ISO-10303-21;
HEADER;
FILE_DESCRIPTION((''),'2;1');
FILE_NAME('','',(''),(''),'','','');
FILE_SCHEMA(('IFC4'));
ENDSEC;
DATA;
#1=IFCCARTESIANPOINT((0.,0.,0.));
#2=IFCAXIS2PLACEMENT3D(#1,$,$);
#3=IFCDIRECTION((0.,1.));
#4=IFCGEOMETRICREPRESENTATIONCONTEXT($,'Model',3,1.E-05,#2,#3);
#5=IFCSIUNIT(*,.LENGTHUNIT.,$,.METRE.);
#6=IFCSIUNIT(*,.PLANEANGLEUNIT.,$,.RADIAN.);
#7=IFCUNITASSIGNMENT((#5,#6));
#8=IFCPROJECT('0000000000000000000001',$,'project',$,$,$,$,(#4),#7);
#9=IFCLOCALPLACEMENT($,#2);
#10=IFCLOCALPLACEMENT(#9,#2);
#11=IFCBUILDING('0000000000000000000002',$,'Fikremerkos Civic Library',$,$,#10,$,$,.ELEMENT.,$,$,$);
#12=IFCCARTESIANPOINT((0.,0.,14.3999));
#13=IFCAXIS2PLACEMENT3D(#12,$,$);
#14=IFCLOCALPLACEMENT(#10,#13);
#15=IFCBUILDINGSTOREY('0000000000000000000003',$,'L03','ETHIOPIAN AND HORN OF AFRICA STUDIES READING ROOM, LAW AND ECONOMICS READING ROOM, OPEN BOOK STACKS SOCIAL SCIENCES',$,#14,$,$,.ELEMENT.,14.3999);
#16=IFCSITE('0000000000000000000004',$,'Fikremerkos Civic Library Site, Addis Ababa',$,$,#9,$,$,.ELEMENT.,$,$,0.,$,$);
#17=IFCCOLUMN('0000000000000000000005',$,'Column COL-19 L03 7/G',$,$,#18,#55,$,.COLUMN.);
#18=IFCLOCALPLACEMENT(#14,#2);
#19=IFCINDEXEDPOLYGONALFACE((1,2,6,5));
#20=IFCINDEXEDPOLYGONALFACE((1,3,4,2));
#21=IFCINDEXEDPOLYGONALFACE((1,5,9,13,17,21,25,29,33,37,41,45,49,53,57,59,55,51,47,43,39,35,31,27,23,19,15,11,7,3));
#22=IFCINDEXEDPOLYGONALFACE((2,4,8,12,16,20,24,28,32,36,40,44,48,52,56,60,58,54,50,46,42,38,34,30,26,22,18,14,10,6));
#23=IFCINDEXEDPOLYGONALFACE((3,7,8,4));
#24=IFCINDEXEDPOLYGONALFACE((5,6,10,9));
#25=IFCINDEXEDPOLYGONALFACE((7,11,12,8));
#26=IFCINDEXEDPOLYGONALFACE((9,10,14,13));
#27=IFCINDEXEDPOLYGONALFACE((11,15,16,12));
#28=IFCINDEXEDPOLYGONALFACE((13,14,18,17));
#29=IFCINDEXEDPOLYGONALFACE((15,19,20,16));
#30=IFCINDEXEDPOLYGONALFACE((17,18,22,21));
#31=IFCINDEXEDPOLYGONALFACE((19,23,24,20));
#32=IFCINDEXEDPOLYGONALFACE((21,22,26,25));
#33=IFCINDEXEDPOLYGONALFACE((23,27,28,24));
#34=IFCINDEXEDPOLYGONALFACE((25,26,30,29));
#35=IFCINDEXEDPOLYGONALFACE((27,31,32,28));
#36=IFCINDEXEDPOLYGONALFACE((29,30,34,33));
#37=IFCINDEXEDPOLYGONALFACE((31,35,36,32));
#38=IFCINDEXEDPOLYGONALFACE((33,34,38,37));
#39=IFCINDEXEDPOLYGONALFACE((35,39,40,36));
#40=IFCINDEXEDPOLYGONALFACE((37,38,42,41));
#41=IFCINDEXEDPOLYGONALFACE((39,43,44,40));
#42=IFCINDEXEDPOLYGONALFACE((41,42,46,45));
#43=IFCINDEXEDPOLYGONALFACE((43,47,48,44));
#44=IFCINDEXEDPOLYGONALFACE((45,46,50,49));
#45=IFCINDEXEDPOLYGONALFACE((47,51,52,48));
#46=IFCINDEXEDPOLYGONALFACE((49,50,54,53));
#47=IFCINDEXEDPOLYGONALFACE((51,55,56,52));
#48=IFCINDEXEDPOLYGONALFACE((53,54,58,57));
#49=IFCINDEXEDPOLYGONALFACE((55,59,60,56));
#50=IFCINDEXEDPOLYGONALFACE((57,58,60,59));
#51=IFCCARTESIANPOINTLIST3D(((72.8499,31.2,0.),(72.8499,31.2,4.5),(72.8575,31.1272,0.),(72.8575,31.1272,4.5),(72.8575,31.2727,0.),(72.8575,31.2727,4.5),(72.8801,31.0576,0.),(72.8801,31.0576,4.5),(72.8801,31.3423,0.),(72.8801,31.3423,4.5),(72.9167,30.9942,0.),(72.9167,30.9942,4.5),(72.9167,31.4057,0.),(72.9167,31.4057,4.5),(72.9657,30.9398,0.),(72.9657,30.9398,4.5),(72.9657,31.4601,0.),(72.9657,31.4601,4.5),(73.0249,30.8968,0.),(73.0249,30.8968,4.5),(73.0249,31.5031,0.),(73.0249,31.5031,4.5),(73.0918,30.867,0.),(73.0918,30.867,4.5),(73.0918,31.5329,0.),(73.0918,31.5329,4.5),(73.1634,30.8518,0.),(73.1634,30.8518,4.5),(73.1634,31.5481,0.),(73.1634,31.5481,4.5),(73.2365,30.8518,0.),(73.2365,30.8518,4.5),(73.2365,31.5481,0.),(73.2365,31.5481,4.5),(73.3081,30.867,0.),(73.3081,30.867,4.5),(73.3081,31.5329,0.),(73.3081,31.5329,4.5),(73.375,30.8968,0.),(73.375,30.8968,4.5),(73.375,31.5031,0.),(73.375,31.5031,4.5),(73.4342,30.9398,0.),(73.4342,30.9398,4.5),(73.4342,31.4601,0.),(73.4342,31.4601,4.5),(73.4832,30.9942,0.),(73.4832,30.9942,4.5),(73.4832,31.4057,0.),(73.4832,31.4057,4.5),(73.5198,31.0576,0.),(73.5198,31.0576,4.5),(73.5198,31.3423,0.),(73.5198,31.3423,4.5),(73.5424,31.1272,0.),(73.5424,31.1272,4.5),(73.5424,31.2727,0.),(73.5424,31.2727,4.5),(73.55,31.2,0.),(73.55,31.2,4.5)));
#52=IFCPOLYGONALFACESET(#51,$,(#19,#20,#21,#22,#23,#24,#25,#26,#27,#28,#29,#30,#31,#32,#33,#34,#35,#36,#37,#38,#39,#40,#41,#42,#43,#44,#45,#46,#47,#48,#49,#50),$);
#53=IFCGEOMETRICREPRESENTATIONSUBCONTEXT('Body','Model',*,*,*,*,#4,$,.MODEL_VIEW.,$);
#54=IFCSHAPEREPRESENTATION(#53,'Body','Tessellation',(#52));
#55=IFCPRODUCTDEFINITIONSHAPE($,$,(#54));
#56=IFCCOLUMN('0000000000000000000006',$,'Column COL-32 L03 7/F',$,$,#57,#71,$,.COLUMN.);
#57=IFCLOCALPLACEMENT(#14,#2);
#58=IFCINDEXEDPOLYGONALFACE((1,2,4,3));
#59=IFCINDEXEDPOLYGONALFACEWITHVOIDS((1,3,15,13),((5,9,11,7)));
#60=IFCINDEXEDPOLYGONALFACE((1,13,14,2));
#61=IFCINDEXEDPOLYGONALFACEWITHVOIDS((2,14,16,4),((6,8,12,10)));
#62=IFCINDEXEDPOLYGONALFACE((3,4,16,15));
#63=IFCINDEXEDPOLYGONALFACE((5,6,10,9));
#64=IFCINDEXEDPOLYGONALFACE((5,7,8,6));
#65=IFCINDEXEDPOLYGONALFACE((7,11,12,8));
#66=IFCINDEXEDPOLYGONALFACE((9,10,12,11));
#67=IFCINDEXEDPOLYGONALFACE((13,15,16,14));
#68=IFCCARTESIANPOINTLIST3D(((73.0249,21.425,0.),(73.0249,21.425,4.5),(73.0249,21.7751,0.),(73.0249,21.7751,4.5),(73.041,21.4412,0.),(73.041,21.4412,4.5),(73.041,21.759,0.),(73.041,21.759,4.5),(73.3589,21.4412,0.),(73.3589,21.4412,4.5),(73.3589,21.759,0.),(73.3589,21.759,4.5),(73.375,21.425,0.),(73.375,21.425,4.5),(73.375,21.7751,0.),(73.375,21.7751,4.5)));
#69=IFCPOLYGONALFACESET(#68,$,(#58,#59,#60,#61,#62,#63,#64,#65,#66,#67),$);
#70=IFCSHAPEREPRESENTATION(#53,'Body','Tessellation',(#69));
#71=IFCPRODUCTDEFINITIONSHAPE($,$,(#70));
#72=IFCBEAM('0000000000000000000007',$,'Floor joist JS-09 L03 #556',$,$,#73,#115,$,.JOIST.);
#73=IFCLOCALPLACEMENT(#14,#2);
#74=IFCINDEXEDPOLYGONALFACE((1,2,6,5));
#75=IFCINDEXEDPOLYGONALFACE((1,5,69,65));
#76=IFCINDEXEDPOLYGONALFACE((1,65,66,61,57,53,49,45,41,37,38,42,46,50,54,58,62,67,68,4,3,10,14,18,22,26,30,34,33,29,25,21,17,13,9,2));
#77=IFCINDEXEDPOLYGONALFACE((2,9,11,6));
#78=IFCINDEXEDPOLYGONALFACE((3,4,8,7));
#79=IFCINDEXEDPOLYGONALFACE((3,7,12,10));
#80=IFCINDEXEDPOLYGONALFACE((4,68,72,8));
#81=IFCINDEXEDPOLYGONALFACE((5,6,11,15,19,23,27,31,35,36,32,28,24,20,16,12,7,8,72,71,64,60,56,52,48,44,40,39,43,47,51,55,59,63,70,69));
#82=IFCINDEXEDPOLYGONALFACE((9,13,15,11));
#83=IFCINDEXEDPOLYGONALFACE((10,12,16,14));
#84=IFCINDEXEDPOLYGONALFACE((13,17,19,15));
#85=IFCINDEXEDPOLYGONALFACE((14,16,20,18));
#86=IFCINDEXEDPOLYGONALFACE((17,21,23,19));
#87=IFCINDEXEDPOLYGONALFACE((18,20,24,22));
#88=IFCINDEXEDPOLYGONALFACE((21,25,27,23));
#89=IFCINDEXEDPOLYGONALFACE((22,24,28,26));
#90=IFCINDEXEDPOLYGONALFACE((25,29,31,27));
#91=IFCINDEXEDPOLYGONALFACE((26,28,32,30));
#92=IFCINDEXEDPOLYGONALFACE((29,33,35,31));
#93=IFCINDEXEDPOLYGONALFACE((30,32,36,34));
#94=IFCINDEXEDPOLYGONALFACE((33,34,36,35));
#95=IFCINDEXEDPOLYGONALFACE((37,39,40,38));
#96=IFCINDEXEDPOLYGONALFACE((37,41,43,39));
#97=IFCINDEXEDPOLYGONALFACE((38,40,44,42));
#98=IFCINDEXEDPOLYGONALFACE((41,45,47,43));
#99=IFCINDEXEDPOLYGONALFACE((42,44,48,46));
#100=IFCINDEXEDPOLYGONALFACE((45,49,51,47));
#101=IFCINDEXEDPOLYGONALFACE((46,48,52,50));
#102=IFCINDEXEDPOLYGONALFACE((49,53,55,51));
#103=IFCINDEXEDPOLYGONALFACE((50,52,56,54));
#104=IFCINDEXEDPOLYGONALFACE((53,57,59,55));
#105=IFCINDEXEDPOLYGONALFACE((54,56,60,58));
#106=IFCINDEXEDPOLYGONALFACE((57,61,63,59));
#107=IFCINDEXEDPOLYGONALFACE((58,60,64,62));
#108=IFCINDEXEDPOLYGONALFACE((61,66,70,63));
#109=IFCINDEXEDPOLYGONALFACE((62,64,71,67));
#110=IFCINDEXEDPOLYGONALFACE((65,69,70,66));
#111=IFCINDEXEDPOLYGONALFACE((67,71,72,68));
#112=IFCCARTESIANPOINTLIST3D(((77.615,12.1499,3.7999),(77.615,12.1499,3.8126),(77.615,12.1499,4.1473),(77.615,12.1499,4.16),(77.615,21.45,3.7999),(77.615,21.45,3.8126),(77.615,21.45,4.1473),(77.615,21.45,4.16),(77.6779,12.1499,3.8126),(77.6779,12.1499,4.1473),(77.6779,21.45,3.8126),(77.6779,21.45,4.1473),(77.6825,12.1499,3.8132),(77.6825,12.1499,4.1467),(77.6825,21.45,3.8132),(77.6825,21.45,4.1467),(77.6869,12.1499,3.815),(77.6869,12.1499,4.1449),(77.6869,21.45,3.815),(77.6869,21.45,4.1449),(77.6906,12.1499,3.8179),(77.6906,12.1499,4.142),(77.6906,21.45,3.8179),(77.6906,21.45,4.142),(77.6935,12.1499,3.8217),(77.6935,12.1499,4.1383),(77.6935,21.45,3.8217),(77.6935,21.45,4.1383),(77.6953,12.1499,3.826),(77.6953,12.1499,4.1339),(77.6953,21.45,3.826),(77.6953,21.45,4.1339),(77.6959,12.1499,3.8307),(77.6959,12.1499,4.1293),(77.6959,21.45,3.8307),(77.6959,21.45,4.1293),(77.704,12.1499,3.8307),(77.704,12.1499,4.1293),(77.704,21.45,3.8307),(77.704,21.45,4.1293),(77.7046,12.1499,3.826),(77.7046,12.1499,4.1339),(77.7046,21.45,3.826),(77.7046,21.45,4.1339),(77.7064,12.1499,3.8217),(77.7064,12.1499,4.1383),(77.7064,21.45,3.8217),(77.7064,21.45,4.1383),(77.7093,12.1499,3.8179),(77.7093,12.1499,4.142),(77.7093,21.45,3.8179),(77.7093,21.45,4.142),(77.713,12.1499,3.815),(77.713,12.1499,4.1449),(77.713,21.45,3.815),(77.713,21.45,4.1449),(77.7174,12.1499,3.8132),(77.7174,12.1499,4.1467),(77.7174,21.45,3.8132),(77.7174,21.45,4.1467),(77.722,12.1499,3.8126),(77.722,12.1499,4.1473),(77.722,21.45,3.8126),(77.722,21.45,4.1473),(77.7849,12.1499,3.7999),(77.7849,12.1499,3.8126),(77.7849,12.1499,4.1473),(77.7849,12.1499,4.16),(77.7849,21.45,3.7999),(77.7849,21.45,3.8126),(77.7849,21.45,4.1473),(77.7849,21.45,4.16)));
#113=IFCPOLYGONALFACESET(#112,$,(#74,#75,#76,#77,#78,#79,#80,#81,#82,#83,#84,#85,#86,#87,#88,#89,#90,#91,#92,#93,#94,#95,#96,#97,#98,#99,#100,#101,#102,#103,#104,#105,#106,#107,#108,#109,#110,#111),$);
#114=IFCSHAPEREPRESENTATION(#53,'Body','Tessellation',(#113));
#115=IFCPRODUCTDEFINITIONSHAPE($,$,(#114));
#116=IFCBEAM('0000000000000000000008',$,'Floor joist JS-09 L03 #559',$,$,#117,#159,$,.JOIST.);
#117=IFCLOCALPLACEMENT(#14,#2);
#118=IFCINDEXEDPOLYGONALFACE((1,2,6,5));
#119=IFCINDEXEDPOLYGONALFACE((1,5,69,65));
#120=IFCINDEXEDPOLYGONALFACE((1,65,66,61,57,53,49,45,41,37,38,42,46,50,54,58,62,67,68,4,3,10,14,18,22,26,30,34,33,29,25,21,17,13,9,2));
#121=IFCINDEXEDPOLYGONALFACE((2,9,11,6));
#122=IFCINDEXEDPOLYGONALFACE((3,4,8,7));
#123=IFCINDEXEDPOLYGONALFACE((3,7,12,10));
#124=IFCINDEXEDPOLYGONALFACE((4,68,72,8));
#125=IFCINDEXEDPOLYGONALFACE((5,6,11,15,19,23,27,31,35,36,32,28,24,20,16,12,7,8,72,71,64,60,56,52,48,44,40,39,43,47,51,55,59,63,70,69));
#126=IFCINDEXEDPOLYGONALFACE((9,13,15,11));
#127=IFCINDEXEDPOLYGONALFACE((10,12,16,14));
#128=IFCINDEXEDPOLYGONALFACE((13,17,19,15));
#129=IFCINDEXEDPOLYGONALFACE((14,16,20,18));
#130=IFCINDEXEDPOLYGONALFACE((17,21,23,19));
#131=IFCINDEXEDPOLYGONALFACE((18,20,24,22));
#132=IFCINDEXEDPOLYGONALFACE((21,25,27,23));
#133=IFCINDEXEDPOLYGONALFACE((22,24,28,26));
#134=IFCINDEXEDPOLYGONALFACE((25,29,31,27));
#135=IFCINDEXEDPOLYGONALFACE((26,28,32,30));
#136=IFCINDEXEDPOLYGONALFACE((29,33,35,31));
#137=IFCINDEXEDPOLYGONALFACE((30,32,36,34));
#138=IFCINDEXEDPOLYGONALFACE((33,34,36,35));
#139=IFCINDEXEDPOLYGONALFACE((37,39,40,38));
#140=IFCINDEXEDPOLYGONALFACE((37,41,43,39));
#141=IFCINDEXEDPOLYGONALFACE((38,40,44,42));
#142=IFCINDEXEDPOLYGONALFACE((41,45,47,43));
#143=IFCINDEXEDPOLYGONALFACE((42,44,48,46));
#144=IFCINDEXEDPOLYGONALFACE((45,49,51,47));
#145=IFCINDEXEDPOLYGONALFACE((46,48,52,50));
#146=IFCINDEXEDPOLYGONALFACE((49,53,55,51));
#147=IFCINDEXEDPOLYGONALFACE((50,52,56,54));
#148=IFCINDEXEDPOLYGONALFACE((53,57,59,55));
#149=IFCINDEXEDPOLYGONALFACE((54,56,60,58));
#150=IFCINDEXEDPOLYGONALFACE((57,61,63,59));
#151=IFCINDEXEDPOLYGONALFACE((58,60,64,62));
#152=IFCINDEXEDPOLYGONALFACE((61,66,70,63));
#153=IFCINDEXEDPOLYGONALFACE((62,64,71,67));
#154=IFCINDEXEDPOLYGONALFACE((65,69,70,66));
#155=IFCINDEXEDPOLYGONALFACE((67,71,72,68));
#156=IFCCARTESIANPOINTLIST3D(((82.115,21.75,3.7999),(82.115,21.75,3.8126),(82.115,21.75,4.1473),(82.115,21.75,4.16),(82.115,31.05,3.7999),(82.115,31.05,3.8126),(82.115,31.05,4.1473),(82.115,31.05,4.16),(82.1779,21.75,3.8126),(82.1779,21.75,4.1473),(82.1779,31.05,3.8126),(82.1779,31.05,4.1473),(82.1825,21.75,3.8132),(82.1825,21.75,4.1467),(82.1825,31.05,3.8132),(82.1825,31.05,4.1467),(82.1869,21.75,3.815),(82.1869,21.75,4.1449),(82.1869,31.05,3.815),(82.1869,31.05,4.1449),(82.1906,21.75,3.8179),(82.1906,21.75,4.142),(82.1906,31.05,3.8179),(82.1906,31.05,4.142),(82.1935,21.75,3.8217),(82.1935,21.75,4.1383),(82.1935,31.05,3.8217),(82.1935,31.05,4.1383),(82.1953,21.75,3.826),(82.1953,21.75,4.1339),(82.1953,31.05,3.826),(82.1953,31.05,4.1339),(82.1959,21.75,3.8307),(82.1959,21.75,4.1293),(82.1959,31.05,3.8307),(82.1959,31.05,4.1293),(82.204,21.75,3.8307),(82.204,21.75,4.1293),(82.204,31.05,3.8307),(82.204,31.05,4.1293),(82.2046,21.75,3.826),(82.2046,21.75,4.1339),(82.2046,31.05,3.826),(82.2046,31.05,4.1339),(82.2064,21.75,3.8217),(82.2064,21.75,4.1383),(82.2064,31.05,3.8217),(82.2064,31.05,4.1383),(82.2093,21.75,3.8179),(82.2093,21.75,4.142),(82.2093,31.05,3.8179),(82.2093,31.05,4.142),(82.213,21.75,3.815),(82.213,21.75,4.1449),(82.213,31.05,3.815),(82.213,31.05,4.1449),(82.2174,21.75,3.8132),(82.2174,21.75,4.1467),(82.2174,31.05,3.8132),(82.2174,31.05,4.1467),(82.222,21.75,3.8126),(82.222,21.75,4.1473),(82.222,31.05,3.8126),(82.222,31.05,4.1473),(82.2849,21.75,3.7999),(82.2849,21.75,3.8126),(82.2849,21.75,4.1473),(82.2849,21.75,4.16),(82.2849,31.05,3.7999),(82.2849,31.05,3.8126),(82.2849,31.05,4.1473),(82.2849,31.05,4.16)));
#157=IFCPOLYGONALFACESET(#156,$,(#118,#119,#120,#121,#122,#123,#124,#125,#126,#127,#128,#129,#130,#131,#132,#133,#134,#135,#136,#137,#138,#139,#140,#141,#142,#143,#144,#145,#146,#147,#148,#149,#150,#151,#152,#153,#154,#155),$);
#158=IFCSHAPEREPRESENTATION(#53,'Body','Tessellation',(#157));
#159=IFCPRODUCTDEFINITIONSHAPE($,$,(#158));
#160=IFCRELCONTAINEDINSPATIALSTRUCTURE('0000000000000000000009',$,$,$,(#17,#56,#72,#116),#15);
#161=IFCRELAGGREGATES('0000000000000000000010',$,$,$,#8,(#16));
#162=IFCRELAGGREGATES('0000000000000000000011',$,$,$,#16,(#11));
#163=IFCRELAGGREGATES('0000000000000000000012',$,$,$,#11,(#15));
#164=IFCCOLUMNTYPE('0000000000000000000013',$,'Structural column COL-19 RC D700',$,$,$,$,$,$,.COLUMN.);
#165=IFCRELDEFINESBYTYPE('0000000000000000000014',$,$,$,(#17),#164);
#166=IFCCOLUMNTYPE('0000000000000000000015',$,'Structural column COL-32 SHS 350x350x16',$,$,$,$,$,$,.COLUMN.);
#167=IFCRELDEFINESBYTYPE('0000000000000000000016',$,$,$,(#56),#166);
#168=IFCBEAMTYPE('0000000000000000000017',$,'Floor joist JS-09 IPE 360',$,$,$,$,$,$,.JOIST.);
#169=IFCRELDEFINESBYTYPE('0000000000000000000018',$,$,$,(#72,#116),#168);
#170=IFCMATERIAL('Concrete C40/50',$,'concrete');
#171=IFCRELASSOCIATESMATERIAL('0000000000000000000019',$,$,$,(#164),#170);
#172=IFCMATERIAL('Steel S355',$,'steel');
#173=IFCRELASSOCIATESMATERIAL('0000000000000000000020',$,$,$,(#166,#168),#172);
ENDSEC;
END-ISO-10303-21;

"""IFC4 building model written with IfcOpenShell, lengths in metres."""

from ifc_helpers import new_model, si_unit, direction, frame, origin, origin_2d, place, context, subcontext, project, spatial, hollow_rectangle, circle, i_section, extrude, material, material_profile, profile_set, type_object, element, save


model = new_model("IFC4")

# Units and contexts
model_context = context("Model", 3, precision=1e-05, world=origin(), true_north=direction((0.0, 1.0)))
body_context = subcontext(model_context, "Body", "Model", "MODEL_VIEW")
ifc_project = project(units=[si_unit("LENGTHUNIT", "METRE"), si_unit("PLANEANGLEUNIT", "RADIAN")], contexts=[model_context])

# Site, building, storey
site_placement = place(None, origin())
site = spatial("IfcSite", under=ifc_project, at=site_placement, Name="Fikremerkos Civic Library Site, Addis Ababa", CompositionType="ELEMENT", RefElevation=0.0)
building_placement = place(site_placement, origin())
building = spatial("IfcBuilding", under=site, at=building_placement, Name="Fikremerkos Civic Library", CompositionType="ELEMENT")
storey_placement = place(building_placement, frame((0.0, 0.0, 14.3999)))
storey = spatial("IfcBuildingStorey", under=building, at=storey_placement, Name="L03", Description="ETHIOPIAN AND HORN OF AFRICA STUDIES READING ROOM, LAW AND ECONOMICS READING ROOM, OPEN BOOK STACKS SOCIAL SCIENCES", CompositionType="ELEMENT", Elevation=14.3999)

# Columns
ifc_material_1 = material(Name="Concrete C40/50", Category="concrete")
ifc_material_profile_1 = material_profile(ifc_material_1, circle(Radius=0.3501, at=origin_2d()), Name="RC D700")
ifc_profile_set_1 = profile_set([ifc_material_profile_1], Name="Concrete C40/50")
column_type_1 = type_object("IfcColumnType", Name="Structural column COL-19 RC D700", PredefinedType="COLUMN", material=ifc_profile_set_1)
column_1_placement = place(storey_placement, frame((73.2, 31.2, 0.0), z_axis=(0.0, 0.0, 1.0), x_axis=(1.0, 0.0, 0.0)))
element("IfcColumn", 1, at=column_1_placement, inside=storey, type_object=column_type_1, Name="Column COL-19 L03 7/G", PredefinedType="COLUMN", context=body_context, shape_type="SweptSolid", body=[
    extrude(circle(Radius=0.3501, at=origin_2d()), origin(), (0.0, 0.0, 1.0), 4.5),
])
ifc_material_2 = material(Name="Steel S355", Category="steel")
ifc_material_profile_2 = material_profile(ifc_material_2, hollow_rectangle(XDim=0.3501, YDim=0.3501, WallThickness=0.0161, at=origin_2d()), Name="SHS 350x350x16")
ifc_profile_set_2 = profile_set([ifc_material_profile_2], Name="Steel S355")
column_type_2 = type_object("IfcColumnType", Name="Structural column COL-32 SHS 350x350x16", PredefinedType="COLUMN", material=ifc_profile_set_2)
column_2_placement = place(storey_placement, frame((73.2, 21.6001, 0.0), z_axis=(0.0, 0.0, 1.0), x_axis=(1.0, 0.0, 0.0)))
element("IfcColumn", 2, at=column_2_placement, inside=storey, type_object=column_type_2, Name="Column COL-32 L03 7/F", PredefinedType="COLUMN", context=body_context, shape_type="SweptSolid", body=[
    extrude(hollow_rectangle(XDim=0.3501, YDim=0.3501, WallThickness=0.0161, at=origin_2d()), origin(), (0.0, 0.0, 1.0), 4.5),
])

# Beams
ifc_material_profile_3 = material_profile(ifc_material_2, i_section(OverallWidth=0.1699, OverallDepth=0.3601, WebThickness=0.0081, FlangeThickness=0.0127, FilletRadius=0.0181, at=origin_2d()), Name="IPE 360")
ifc_profile_set_3 = profile_set([ifc_material_profile_3], Name="Steel S355")
beam_type_1 = type_object("IfcBeamType", Name="Floor joist JS-09 IPE 360", PredefinedType="JOIST", material=ifc_profile_set_3)
for number, where, z_axis, x_axis, name in (
    (3, (77.7, 12.1499, 3.98), (0.0, 1.0, 0.0), (-1.0, 0.0, 0.0), "Floor joist JS-09 L03 #556"),
    (4, (82.2, 21.75, 3.98), (0.0, 1.0, 0.0), (-1.0, 0.0, 0.0), "Floor joist JS-09 L03 #559"),
):
    element("IfcBeam", number, at=place(storey_placement, frame(where, z_axis=z_axis, x_axis=x_axis)), inside=storey, type_object=beam_type_1, Name=name, PredefinedType="JOIST", context=body_context, shape_type="SweptSolid", body=[
        extrude(i_section(OverallWidth=0.1699, OverallDepth=0.3601, WebThickness=0.0081, FlangeThickness=0.0127, FilletRadius=0.0181, at=origin_2d()), origin(), (0.0, 0.0, 1.0), 9.3),
    ])

save(model, "model.ifc")
